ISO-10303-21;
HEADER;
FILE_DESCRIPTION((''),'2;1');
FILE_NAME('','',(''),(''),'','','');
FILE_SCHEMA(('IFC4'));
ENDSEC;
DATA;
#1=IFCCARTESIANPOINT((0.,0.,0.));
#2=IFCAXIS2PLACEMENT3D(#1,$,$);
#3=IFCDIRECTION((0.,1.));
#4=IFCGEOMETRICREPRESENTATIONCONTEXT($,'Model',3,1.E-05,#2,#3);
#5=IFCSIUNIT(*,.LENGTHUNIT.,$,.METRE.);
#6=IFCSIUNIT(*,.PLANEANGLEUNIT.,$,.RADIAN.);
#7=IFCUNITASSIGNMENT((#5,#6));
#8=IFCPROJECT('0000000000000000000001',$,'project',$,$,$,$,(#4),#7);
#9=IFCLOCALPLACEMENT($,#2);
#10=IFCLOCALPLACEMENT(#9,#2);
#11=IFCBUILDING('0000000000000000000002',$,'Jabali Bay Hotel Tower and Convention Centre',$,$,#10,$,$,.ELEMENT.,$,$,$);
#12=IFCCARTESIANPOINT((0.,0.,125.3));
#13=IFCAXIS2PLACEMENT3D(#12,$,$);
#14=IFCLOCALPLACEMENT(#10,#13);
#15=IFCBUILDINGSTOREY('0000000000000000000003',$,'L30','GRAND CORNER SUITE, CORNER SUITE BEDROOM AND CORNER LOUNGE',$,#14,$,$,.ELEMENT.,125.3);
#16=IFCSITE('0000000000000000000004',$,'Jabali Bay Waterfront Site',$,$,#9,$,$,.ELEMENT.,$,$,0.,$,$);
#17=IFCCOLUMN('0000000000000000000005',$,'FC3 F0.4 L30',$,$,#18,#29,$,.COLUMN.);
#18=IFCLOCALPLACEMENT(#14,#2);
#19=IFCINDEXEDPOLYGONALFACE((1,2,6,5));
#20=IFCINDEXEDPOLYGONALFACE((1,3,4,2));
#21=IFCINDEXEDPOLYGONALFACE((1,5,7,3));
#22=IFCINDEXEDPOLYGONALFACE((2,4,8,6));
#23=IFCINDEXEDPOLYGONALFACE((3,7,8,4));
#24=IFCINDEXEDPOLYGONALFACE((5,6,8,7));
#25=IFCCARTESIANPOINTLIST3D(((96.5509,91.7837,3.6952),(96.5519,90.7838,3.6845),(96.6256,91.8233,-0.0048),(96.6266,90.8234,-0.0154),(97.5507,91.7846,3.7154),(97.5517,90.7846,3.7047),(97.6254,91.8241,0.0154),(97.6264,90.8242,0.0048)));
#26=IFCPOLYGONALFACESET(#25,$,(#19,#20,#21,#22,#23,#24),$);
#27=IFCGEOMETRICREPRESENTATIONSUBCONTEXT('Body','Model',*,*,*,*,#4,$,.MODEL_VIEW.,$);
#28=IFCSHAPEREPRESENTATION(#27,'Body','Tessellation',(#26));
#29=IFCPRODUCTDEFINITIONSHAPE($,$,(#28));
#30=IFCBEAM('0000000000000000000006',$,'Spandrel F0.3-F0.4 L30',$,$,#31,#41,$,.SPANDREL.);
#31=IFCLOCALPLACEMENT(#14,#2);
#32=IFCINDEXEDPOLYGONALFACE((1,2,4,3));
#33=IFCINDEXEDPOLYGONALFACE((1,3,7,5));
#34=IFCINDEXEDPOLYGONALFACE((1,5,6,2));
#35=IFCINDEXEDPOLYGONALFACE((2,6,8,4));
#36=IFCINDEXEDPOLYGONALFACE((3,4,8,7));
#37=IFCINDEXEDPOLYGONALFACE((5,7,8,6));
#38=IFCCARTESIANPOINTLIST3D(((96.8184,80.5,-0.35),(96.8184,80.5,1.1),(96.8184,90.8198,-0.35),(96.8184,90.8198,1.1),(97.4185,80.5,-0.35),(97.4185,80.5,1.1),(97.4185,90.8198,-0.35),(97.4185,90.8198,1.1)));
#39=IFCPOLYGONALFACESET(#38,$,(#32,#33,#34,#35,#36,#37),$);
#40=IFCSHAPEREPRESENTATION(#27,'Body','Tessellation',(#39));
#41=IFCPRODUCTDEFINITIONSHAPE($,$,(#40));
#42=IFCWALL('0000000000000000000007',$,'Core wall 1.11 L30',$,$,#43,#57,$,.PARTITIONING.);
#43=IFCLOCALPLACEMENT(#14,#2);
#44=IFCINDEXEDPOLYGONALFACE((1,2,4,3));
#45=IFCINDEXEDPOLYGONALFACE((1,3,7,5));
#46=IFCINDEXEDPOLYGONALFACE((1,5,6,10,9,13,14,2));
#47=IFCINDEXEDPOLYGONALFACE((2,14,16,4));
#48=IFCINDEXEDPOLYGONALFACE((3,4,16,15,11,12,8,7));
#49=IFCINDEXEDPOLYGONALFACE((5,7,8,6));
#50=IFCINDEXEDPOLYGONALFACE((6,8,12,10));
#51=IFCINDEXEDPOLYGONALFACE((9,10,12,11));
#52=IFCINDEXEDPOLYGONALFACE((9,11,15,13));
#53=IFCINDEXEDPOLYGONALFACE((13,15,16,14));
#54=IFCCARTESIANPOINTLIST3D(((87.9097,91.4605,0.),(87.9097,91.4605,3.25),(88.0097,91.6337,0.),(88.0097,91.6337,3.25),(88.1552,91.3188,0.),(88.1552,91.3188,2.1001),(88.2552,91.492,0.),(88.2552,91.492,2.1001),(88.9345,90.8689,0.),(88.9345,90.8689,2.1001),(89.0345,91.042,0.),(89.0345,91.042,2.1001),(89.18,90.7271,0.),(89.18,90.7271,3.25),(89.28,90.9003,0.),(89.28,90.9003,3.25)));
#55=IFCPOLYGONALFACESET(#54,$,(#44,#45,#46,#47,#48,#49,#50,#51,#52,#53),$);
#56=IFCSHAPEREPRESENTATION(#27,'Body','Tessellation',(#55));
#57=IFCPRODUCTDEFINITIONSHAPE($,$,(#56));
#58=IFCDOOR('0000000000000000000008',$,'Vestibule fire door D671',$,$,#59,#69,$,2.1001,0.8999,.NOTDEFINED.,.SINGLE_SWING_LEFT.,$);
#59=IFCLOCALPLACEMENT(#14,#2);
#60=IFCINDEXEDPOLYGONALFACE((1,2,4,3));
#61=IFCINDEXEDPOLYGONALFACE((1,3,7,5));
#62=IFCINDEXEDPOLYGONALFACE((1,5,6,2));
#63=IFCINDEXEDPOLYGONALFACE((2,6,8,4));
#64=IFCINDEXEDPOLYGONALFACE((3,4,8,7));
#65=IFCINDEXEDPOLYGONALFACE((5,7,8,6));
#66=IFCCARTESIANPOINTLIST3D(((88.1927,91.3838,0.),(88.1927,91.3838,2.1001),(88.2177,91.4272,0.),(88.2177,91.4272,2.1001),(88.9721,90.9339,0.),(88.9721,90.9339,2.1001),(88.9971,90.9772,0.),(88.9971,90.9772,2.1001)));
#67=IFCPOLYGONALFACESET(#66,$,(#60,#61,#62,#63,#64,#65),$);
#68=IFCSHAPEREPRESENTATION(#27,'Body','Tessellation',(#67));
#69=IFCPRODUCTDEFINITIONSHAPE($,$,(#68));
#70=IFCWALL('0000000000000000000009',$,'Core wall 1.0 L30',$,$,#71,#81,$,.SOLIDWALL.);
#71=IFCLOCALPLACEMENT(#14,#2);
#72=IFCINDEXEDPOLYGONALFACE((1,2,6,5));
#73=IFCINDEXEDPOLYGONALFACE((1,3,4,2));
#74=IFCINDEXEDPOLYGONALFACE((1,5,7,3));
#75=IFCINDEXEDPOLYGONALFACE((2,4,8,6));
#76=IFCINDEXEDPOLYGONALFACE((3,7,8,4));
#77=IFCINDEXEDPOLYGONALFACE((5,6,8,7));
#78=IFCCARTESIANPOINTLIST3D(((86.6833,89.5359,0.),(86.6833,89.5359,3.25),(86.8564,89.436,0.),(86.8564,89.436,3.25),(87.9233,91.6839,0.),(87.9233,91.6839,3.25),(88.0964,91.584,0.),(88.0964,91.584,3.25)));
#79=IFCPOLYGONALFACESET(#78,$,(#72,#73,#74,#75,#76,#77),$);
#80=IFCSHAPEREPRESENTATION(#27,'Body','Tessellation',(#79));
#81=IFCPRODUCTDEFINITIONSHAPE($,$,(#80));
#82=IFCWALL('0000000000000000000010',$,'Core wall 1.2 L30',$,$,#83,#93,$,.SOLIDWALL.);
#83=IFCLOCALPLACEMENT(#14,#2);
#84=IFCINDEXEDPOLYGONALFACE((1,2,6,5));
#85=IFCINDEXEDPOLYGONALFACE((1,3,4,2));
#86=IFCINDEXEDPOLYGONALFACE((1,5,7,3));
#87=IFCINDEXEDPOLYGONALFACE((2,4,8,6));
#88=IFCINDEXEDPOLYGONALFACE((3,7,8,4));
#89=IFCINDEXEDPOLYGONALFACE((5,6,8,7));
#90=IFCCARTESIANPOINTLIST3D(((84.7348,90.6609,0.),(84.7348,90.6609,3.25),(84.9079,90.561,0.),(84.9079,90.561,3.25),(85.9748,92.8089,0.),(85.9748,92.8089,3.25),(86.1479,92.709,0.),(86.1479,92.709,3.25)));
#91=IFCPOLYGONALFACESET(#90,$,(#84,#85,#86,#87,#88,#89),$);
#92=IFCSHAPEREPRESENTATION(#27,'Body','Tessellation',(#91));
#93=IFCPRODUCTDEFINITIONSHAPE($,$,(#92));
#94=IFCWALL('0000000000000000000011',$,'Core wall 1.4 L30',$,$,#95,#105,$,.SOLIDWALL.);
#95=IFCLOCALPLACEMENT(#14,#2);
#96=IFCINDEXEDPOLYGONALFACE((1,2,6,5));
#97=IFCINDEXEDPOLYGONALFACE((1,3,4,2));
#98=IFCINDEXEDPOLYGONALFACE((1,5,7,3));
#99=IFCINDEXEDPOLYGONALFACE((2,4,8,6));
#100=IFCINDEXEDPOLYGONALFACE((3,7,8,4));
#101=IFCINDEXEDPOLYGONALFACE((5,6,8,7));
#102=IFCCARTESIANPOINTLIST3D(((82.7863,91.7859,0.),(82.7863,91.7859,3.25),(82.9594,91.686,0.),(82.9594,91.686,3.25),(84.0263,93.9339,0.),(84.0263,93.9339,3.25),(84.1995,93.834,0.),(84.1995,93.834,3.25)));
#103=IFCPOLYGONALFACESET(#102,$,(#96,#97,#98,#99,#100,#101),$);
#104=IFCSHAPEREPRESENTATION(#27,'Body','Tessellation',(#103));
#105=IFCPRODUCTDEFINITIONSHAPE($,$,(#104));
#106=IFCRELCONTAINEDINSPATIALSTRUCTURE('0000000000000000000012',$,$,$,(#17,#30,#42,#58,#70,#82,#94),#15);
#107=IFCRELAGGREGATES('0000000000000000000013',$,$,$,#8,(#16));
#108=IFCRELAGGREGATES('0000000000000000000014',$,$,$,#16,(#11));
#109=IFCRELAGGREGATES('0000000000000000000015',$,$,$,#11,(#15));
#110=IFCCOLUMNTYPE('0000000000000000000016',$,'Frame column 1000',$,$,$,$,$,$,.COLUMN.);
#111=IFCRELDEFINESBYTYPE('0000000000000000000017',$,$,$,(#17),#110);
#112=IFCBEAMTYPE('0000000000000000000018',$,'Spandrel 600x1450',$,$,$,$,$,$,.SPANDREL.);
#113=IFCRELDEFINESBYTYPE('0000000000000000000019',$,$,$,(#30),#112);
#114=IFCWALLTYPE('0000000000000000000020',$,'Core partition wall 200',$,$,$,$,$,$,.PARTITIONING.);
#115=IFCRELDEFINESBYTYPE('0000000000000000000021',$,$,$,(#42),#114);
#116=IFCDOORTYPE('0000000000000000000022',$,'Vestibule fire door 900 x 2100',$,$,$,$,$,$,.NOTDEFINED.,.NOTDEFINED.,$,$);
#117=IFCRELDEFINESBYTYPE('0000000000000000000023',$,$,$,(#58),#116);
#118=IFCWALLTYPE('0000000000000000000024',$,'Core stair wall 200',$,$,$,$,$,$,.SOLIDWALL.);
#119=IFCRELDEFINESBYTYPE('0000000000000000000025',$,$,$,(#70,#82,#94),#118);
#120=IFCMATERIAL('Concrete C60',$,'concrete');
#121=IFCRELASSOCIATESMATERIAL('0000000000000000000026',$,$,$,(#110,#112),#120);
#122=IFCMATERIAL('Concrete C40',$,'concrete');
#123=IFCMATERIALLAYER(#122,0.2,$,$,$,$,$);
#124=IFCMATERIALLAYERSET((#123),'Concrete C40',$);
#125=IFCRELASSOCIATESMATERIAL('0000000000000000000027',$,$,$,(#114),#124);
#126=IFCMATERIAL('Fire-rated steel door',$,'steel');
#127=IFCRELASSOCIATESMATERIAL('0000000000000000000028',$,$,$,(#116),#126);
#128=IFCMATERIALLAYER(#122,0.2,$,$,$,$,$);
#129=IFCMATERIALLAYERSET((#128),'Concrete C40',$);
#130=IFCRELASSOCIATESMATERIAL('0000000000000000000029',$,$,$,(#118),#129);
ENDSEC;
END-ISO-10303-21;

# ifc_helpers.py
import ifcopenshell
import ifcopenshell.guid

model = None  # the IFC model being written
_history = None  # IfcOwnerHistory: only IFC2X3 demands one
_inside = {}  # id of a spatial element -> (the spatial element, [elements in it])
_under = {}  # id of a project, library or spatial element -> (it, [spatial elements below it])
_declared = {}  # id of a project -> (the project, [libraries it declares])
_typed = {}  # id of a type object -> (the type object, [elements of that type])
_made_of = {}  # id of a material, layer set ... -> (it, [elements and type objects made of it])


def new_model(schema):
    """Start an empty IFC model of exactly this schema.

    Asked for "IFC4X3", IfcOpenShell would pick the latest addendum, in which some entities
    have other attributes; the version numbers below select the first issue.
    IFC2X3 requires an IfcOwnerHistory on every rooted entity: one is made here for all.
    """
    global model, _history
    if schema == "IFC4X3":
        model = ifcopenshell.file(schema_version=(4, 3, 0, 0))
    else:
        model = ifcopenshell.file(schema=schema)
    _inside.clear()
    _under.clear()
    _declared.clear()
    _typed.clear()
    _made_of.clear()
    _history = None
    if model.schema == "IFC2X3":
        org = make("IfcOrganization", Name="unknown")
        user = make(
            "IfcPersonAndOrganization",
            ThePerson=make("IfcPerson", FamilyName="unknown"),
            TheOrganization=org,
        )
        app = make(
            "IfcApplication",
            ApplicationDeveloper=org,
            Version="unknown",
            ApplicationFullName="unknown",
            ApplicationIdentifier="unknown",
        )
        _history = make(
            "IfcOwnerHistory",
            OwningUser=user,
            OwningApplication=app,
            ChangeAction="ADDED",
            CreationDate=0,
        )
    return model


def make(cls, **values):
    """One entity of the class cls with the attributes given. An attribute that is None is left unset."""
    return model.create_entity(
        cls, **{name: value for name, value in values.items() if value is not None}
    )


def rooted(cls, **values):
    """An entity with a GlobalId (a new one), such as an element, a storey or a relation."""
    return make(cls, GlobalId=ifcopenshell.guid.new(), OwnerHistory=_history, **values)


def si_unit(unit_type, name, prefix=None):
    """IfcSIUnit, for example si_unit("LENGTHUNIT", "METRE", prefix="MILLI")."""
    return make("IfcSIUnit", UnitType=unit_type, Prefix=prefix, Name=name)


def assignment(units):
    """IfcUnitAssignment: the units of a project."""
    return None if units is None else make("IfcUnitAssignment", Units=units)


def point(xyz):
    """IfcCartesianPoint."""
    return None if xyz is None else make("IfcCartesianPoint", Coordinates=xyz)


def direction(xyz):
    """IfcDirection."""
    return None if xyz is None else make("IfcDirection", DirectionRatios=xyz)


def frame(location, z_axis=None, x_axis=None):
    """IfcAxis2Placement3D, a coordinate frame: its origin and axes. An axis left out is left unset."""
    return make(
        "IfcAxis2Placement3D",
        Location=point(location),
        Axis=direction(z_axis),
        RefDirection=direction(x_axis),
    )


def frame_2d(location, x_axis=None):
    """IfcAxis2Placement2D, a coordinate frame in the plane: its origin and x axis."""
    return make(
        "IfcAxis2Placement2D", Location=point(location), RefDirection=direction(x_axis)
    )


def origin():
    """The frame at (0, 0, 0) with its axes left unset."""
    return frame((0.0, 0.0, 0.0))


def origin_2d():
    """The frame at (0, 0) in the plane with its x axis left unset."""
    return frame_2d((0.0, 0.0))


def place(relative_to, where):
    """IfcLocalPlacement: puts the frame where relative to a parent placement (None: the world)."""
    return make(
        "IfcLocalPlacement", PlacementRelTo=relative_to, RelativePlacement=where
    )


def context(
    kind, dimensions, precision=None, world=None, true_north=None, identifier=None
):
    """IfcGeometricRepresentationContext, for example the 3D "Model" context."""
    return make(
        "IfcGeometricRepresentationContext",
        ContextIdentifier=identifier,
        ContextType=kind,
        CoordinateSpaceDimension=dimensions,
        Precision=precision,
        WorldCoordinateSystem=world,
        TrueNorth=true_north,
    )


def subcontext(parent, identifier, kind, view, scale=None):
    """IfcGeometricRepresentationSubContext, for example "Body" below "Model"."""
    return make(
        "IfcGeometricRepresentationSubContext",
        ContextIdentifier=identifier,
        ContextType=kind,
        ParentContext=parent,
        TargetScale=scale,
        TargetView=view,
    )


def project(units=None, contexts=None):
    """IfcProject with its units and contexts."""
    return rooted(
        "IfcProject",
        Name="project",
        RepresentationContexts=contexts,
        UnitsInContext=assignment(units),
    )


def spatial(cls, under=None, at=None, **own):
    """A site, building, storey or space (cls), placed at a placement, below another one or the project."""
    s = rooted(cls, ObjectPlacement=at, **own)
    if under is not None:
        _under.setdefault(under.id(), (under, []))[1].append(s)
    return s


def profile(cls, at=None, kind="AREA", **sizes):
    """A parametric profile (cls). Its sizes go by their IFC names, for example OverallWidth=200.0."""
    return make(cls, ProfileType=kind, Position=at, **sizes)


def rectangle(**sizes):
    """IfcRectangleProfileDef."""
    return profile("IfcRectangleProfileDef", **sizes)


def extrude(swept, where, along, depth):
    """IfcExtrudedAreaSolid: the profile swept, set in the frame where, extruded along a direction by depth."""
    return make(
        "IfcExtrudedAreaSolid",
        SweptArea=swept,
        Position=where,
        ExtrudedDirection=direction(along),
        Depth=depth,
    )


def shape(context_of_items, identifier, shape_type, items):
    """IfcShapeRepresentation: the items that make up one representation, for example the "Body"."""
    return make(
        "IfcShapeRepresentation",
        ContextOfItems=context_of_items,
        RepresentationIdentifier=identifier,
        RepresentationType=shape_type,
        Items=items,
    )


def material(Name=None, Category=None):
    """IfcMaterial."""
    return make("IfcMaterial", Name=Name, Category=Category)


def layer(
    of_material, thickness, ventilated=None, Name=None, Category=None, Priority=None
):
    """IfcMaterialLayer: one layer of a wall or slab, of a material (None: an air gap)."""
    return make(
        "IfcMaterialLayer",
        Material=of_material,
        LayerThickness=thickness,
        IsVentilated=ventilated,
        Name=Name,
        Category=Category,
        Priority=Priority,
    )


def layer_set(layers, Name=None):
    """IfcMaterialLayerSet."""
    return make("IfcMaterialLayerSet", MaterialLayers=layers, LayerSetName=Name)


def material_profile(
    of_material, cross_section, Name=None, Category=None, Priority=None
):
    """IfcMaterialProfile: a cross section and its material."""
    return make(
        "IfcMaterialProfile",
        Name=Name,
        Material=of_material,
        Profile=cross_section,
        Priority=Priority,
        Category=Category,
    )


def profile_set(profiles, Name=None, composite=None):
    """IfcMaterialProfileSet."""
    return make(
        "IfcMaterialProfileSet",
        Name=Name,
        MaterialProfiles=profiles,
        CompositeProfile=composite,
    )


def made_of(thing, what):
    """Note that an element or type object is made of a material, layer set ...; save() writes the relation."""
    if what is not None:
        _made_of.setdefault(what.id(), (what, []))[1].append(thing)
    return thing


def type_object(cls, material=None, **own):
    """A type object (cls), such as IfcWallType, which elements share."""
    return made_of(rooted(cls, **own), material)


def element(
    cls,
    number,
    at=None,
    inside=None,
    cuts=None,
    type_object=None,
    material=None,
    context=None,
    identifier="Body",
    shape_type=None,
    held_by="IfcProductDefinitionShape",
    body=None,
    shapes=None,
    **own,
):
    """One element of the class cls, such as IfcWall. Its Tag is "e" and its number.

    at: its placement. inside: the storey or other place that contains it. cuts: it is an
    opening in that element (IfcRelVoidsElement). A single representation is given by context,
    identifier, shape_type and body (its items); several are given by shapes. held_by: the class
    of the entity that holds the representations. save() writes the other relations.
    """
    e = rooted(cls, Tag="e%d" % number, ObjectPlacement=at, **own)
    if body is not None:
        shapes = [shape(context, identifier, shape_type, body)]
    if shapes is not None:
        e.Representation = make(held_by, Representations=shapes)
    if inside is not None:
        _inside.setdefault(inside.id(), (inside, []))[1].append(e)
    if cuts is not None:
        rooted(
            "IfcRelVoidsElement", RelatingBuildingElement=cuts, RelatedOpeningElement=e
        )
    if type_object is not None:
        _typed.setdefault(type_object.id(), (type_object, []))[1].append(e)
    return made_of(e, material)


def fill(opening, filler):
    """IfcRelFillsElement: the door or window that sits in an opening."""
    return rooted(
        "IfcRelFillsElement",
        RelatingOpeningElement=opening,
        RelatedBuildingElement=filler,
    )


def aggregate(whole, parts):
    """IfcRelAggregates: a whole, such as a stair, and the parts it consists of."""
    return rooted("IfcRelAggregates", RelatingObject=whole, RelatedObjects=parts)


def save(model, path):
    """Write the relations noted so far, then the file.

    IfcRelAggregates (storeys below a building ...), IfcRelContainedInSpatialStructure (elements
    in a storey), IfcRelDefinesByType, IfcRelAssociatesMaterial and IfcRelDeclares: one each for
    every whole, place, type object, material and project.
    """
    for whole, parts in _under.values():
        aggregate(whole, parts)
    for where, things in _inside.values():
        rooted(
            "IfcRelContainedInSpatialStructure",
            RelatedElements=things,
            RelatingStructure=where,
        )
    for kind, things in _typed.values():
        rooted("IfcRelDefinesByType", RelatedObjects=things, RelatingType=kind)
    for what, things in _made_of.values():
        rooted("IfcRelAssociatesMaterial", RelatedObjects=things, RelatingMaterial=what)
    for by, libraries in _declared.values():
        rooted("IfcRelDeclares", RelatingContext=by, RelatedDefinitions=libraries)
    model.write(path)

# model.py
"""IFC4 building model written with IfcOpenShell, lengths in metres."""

from ifc_helpers import new_model, si_unit, direction, frame, frame_2d, origin, origin_2d, place, context, subcontext, project, spatial, rectangle, extrude, material, layer, layer_set, material_profile, profile_set, type_object, element, fill, save


model = new_model("IFC4")

# Units and contexts
model_context = context("Model", 3, precision=1e-05, world=origin(), true_north=direction((0.0, 1.0)))
body_context = subcontext(model_context, "Body", "Model", "MODEL_VIEW")
ifc_project = project(units=[si_unit("LENGTHUNIT", "METRE"), si_unit("PLANEANGLEUNIT", "RADIAN")], contexts=[model_context])

# Site, building, storey
site_placement = place(None, origin())
site = spatial("IfcSite", under=ifc_project, at=site_placement, Name="Jabali Bay Waterfront Site", CompositionType="ELEMENT", RefElevation=0.0)
building_placement = place(site_placement, origin())
building = spatial("IfcBuilding", under=site, at=building_placement, Name="Jabali Bay Hotel Tower and Convention Centre", CompositionType="ELEMENT")
storey_placement = place(building_placement, frame((0.0, 0.0, 125.3)))
storey = spatial("IfcBuildingStorey", under=building, at=storey_placement, Name="L30", Description="GRAND CORNER SUITE, CORNER SUITE BEDROOM AND CORNER LOUNGE", CompositionType="ELEMENT", Elevation=125.3)

# Column
ifc_material_1 = material(Name="Concrete C60", Category="concrete")
ifc_material_profile_1 = material_profile(ifc_material_1, rectangle(XDim=1.0, YDim=1.0, at=origin_2d()), Name="Frame column 1000")
ifc_profile_set_1 = profile_set([ifc_material_profile_1], Name="Concrete C60")
column_type = type_object("IfcColumnType", Name="Frame column 1000", PredefinedType="COLUMN", material=ifc_profile_set_1)
column_placement = place(storey_placement, frame((97.126, 91.3237, 0.0), z_axis=(-0.020186, -0.010687, 0.999739), x_axis=(0.999796, 0.000808, 0.020196)))
element("IfcColumn", 1, at=column_placement, inside=storey, type_object=column_type, Name="FC3 F0.4 L30", PredefinedType="COLUMN", context=body_context, shape_type="SweptSolid", body=[
    extrude(rectangle(XDim=1.0, YDim=1.0, at=origin_2d()), origin(), (0.0, 0.0, 1.0), 3.7009),
])

# Beam
ifc_material_profile_2 = material_profile(ifc_material_1, rectangle(XDim=0.6001, YDim=1.45, at=origin_2d()), Name="Spandrel 600x1450")
ifc_profile_set_2 = profile_set([ifc_material_profile_2], Name="Concrete C60")
beam_type = type_object("IfcBeamType", Name="Spandrel 600x1450", PredefinedType="SPANDREL", material=ifc_profile_set_2)
beam_placement = place(storey_placement, frame((97.1184, 80.5, 0.375), z_axis=(0.0, 1.0, 0.0), x_axis=(-1.0, 0.0, 0.0)))
element("IfcBeam", 2, at=beam_placement, inside=storey, type_object=beam_type, Name="Spandrel F0.3-F0.4 L30", PredefinedType="SPANDREL", context=body_context, shape_type="SweptSolid", body=[
    extrude(rectangle(XDim=0.6001, YDim=1.45, at=origin_2d()), origin(), (0.0, 0.0, 1.0), 10.3198),
])

# Wall, opening, door
ifc_material_2 = material(Name="Concrete C40", Category="concrete")
ifc_layer_1 = layer(ifc_material_2, 0.2)
ifc_layer_set_1 = layer_set([ifc_layer_1], Name="Concrete C40")
wall_type_1 = type_object("IfcWallType", Name="Core partition wall 200", PredefinedType="PARTITIONING", material=ifc_layer_set_1)
wall_1_placement = place(storey_placement, frame((89.23, 90.8137, 0.0), z_axis=(0.0, 0.0, 1.0), x_axis=(-0.866022, 0.500006, 0.0)))
wall_1 = element("IfcWall", 3, at=wall_1_placement, inside=storey, type_object=wall_type_1, Name="Core wall 1.11 L30", PredefinedType="PARTITIONING", context=body_context, shape_type="SweptSolid", body=[
    extrude(rectangle(XDim=1.4668, YDim=0.2, at=frame_2d((0.7334, 0.0))), origin(), (0.0, 0.0, 1.0), 3.25),
])
opening_1_placement = place(wall_1_placement, frame((0.2834, 0.0, 0.0)))
opening_1 = element("IfcOpeningElement", 4, at=opening_1_placement, cuts=wall_1, PredefinedType="OPENING", context=body_context, shape_type="SweptSolid", body=[
    extrude(rectangle(XDim=0.8999, YDim=2.1001, at=frame_2d((0.45, 1.05))), frame((0.0, 0.1104, 0.0), z_axis=(0.0, -1.0, 0.0), x_axis=(1.0, 0.0, 0.0)), (0.0, 0.0, 1.0), 0.2209),
])
ifc_material_3 = material(Name="Fire-rated steel door", Category="steel")
door_type_1 = type_object("IfcDoorType", Name="Vestibule fire door 900 x 2100", OperationType="NOTDEFINED", PredefinedType="NOTDEFINED", material=ifc_material_3)
door_1_placement = place(opening_1_placement, origin())
door_1 = element("IfcDoor", 5, at=door_1_placement, inside=storey, type_object=door_type_1, Name="Vestibule fire door D671", OperationType="SINGLE_SWING_LEFT", OverallHeight=2.1001, OverallWidth=0.8999, PredefinedType="NOTDEFINED", context=body_context, shape_type="SweptSolid", body=[
    extrude(rectangle(XDim=0.8999, YDim=2.1001, at=frame_2d((0.45, 1.05))), frame((0.0, 0.0249, 0.0), z_axis=(0.0, -1.0, 0.0), x_axis=(1.0, 0.0, 0.0)), (0.0, 0.0, 1.0), 0.05),
])
fill(opening_1, door_1)

# Walls
ifc_layer_2 = layer(ifc_material_2, 0.2)
ifc_layer_set_2 = layer_set([ifc_layer_2], Name="Concrete C40")
wall_type_2 = type_object("IfcWallType", Name="Core stair wall 200", PredefinedType="SOLIDWALL", material=ifc_layer_set_2)
for number, where, z_axis, x_axis, name in (
    (6, (86.7698, 89.4858, 0.0), (0.0, 0.0, 1.0), (0.499961, 0.866048, 0.0), "Core wall 1.0 L30"),
    (7, (84.8213, 90.6108, 0.0), (0.0, 0.0, 1.0), (0.499961, 0.866048, 0.0), "Core wall 1.2 L30"),
    (8, (82.8728, 91.7358, 0.0), (0.0, 0.0, 1.0), (0.499961, 0.866048, 0.0), "Core wall 1.4 L30"),
):
    element("IfcWall", number, at=place(storey_placement, frame(where, z_axis=z_axis, x_axis=x_axis)), inside=storey, type_object=wall_type_2, Name=name, PredefinedType="SOLIDWALL", context=body_context, shape_type="SweptSolid", body=[
        extrude(rectangle(XDim=2.4802, YDim=0.2, at=frame_2d((1.2402, 0.0))), origin(), (0.0, 0.0, 1.0), 3.25),
    ])

save(model, "model.ifc")
